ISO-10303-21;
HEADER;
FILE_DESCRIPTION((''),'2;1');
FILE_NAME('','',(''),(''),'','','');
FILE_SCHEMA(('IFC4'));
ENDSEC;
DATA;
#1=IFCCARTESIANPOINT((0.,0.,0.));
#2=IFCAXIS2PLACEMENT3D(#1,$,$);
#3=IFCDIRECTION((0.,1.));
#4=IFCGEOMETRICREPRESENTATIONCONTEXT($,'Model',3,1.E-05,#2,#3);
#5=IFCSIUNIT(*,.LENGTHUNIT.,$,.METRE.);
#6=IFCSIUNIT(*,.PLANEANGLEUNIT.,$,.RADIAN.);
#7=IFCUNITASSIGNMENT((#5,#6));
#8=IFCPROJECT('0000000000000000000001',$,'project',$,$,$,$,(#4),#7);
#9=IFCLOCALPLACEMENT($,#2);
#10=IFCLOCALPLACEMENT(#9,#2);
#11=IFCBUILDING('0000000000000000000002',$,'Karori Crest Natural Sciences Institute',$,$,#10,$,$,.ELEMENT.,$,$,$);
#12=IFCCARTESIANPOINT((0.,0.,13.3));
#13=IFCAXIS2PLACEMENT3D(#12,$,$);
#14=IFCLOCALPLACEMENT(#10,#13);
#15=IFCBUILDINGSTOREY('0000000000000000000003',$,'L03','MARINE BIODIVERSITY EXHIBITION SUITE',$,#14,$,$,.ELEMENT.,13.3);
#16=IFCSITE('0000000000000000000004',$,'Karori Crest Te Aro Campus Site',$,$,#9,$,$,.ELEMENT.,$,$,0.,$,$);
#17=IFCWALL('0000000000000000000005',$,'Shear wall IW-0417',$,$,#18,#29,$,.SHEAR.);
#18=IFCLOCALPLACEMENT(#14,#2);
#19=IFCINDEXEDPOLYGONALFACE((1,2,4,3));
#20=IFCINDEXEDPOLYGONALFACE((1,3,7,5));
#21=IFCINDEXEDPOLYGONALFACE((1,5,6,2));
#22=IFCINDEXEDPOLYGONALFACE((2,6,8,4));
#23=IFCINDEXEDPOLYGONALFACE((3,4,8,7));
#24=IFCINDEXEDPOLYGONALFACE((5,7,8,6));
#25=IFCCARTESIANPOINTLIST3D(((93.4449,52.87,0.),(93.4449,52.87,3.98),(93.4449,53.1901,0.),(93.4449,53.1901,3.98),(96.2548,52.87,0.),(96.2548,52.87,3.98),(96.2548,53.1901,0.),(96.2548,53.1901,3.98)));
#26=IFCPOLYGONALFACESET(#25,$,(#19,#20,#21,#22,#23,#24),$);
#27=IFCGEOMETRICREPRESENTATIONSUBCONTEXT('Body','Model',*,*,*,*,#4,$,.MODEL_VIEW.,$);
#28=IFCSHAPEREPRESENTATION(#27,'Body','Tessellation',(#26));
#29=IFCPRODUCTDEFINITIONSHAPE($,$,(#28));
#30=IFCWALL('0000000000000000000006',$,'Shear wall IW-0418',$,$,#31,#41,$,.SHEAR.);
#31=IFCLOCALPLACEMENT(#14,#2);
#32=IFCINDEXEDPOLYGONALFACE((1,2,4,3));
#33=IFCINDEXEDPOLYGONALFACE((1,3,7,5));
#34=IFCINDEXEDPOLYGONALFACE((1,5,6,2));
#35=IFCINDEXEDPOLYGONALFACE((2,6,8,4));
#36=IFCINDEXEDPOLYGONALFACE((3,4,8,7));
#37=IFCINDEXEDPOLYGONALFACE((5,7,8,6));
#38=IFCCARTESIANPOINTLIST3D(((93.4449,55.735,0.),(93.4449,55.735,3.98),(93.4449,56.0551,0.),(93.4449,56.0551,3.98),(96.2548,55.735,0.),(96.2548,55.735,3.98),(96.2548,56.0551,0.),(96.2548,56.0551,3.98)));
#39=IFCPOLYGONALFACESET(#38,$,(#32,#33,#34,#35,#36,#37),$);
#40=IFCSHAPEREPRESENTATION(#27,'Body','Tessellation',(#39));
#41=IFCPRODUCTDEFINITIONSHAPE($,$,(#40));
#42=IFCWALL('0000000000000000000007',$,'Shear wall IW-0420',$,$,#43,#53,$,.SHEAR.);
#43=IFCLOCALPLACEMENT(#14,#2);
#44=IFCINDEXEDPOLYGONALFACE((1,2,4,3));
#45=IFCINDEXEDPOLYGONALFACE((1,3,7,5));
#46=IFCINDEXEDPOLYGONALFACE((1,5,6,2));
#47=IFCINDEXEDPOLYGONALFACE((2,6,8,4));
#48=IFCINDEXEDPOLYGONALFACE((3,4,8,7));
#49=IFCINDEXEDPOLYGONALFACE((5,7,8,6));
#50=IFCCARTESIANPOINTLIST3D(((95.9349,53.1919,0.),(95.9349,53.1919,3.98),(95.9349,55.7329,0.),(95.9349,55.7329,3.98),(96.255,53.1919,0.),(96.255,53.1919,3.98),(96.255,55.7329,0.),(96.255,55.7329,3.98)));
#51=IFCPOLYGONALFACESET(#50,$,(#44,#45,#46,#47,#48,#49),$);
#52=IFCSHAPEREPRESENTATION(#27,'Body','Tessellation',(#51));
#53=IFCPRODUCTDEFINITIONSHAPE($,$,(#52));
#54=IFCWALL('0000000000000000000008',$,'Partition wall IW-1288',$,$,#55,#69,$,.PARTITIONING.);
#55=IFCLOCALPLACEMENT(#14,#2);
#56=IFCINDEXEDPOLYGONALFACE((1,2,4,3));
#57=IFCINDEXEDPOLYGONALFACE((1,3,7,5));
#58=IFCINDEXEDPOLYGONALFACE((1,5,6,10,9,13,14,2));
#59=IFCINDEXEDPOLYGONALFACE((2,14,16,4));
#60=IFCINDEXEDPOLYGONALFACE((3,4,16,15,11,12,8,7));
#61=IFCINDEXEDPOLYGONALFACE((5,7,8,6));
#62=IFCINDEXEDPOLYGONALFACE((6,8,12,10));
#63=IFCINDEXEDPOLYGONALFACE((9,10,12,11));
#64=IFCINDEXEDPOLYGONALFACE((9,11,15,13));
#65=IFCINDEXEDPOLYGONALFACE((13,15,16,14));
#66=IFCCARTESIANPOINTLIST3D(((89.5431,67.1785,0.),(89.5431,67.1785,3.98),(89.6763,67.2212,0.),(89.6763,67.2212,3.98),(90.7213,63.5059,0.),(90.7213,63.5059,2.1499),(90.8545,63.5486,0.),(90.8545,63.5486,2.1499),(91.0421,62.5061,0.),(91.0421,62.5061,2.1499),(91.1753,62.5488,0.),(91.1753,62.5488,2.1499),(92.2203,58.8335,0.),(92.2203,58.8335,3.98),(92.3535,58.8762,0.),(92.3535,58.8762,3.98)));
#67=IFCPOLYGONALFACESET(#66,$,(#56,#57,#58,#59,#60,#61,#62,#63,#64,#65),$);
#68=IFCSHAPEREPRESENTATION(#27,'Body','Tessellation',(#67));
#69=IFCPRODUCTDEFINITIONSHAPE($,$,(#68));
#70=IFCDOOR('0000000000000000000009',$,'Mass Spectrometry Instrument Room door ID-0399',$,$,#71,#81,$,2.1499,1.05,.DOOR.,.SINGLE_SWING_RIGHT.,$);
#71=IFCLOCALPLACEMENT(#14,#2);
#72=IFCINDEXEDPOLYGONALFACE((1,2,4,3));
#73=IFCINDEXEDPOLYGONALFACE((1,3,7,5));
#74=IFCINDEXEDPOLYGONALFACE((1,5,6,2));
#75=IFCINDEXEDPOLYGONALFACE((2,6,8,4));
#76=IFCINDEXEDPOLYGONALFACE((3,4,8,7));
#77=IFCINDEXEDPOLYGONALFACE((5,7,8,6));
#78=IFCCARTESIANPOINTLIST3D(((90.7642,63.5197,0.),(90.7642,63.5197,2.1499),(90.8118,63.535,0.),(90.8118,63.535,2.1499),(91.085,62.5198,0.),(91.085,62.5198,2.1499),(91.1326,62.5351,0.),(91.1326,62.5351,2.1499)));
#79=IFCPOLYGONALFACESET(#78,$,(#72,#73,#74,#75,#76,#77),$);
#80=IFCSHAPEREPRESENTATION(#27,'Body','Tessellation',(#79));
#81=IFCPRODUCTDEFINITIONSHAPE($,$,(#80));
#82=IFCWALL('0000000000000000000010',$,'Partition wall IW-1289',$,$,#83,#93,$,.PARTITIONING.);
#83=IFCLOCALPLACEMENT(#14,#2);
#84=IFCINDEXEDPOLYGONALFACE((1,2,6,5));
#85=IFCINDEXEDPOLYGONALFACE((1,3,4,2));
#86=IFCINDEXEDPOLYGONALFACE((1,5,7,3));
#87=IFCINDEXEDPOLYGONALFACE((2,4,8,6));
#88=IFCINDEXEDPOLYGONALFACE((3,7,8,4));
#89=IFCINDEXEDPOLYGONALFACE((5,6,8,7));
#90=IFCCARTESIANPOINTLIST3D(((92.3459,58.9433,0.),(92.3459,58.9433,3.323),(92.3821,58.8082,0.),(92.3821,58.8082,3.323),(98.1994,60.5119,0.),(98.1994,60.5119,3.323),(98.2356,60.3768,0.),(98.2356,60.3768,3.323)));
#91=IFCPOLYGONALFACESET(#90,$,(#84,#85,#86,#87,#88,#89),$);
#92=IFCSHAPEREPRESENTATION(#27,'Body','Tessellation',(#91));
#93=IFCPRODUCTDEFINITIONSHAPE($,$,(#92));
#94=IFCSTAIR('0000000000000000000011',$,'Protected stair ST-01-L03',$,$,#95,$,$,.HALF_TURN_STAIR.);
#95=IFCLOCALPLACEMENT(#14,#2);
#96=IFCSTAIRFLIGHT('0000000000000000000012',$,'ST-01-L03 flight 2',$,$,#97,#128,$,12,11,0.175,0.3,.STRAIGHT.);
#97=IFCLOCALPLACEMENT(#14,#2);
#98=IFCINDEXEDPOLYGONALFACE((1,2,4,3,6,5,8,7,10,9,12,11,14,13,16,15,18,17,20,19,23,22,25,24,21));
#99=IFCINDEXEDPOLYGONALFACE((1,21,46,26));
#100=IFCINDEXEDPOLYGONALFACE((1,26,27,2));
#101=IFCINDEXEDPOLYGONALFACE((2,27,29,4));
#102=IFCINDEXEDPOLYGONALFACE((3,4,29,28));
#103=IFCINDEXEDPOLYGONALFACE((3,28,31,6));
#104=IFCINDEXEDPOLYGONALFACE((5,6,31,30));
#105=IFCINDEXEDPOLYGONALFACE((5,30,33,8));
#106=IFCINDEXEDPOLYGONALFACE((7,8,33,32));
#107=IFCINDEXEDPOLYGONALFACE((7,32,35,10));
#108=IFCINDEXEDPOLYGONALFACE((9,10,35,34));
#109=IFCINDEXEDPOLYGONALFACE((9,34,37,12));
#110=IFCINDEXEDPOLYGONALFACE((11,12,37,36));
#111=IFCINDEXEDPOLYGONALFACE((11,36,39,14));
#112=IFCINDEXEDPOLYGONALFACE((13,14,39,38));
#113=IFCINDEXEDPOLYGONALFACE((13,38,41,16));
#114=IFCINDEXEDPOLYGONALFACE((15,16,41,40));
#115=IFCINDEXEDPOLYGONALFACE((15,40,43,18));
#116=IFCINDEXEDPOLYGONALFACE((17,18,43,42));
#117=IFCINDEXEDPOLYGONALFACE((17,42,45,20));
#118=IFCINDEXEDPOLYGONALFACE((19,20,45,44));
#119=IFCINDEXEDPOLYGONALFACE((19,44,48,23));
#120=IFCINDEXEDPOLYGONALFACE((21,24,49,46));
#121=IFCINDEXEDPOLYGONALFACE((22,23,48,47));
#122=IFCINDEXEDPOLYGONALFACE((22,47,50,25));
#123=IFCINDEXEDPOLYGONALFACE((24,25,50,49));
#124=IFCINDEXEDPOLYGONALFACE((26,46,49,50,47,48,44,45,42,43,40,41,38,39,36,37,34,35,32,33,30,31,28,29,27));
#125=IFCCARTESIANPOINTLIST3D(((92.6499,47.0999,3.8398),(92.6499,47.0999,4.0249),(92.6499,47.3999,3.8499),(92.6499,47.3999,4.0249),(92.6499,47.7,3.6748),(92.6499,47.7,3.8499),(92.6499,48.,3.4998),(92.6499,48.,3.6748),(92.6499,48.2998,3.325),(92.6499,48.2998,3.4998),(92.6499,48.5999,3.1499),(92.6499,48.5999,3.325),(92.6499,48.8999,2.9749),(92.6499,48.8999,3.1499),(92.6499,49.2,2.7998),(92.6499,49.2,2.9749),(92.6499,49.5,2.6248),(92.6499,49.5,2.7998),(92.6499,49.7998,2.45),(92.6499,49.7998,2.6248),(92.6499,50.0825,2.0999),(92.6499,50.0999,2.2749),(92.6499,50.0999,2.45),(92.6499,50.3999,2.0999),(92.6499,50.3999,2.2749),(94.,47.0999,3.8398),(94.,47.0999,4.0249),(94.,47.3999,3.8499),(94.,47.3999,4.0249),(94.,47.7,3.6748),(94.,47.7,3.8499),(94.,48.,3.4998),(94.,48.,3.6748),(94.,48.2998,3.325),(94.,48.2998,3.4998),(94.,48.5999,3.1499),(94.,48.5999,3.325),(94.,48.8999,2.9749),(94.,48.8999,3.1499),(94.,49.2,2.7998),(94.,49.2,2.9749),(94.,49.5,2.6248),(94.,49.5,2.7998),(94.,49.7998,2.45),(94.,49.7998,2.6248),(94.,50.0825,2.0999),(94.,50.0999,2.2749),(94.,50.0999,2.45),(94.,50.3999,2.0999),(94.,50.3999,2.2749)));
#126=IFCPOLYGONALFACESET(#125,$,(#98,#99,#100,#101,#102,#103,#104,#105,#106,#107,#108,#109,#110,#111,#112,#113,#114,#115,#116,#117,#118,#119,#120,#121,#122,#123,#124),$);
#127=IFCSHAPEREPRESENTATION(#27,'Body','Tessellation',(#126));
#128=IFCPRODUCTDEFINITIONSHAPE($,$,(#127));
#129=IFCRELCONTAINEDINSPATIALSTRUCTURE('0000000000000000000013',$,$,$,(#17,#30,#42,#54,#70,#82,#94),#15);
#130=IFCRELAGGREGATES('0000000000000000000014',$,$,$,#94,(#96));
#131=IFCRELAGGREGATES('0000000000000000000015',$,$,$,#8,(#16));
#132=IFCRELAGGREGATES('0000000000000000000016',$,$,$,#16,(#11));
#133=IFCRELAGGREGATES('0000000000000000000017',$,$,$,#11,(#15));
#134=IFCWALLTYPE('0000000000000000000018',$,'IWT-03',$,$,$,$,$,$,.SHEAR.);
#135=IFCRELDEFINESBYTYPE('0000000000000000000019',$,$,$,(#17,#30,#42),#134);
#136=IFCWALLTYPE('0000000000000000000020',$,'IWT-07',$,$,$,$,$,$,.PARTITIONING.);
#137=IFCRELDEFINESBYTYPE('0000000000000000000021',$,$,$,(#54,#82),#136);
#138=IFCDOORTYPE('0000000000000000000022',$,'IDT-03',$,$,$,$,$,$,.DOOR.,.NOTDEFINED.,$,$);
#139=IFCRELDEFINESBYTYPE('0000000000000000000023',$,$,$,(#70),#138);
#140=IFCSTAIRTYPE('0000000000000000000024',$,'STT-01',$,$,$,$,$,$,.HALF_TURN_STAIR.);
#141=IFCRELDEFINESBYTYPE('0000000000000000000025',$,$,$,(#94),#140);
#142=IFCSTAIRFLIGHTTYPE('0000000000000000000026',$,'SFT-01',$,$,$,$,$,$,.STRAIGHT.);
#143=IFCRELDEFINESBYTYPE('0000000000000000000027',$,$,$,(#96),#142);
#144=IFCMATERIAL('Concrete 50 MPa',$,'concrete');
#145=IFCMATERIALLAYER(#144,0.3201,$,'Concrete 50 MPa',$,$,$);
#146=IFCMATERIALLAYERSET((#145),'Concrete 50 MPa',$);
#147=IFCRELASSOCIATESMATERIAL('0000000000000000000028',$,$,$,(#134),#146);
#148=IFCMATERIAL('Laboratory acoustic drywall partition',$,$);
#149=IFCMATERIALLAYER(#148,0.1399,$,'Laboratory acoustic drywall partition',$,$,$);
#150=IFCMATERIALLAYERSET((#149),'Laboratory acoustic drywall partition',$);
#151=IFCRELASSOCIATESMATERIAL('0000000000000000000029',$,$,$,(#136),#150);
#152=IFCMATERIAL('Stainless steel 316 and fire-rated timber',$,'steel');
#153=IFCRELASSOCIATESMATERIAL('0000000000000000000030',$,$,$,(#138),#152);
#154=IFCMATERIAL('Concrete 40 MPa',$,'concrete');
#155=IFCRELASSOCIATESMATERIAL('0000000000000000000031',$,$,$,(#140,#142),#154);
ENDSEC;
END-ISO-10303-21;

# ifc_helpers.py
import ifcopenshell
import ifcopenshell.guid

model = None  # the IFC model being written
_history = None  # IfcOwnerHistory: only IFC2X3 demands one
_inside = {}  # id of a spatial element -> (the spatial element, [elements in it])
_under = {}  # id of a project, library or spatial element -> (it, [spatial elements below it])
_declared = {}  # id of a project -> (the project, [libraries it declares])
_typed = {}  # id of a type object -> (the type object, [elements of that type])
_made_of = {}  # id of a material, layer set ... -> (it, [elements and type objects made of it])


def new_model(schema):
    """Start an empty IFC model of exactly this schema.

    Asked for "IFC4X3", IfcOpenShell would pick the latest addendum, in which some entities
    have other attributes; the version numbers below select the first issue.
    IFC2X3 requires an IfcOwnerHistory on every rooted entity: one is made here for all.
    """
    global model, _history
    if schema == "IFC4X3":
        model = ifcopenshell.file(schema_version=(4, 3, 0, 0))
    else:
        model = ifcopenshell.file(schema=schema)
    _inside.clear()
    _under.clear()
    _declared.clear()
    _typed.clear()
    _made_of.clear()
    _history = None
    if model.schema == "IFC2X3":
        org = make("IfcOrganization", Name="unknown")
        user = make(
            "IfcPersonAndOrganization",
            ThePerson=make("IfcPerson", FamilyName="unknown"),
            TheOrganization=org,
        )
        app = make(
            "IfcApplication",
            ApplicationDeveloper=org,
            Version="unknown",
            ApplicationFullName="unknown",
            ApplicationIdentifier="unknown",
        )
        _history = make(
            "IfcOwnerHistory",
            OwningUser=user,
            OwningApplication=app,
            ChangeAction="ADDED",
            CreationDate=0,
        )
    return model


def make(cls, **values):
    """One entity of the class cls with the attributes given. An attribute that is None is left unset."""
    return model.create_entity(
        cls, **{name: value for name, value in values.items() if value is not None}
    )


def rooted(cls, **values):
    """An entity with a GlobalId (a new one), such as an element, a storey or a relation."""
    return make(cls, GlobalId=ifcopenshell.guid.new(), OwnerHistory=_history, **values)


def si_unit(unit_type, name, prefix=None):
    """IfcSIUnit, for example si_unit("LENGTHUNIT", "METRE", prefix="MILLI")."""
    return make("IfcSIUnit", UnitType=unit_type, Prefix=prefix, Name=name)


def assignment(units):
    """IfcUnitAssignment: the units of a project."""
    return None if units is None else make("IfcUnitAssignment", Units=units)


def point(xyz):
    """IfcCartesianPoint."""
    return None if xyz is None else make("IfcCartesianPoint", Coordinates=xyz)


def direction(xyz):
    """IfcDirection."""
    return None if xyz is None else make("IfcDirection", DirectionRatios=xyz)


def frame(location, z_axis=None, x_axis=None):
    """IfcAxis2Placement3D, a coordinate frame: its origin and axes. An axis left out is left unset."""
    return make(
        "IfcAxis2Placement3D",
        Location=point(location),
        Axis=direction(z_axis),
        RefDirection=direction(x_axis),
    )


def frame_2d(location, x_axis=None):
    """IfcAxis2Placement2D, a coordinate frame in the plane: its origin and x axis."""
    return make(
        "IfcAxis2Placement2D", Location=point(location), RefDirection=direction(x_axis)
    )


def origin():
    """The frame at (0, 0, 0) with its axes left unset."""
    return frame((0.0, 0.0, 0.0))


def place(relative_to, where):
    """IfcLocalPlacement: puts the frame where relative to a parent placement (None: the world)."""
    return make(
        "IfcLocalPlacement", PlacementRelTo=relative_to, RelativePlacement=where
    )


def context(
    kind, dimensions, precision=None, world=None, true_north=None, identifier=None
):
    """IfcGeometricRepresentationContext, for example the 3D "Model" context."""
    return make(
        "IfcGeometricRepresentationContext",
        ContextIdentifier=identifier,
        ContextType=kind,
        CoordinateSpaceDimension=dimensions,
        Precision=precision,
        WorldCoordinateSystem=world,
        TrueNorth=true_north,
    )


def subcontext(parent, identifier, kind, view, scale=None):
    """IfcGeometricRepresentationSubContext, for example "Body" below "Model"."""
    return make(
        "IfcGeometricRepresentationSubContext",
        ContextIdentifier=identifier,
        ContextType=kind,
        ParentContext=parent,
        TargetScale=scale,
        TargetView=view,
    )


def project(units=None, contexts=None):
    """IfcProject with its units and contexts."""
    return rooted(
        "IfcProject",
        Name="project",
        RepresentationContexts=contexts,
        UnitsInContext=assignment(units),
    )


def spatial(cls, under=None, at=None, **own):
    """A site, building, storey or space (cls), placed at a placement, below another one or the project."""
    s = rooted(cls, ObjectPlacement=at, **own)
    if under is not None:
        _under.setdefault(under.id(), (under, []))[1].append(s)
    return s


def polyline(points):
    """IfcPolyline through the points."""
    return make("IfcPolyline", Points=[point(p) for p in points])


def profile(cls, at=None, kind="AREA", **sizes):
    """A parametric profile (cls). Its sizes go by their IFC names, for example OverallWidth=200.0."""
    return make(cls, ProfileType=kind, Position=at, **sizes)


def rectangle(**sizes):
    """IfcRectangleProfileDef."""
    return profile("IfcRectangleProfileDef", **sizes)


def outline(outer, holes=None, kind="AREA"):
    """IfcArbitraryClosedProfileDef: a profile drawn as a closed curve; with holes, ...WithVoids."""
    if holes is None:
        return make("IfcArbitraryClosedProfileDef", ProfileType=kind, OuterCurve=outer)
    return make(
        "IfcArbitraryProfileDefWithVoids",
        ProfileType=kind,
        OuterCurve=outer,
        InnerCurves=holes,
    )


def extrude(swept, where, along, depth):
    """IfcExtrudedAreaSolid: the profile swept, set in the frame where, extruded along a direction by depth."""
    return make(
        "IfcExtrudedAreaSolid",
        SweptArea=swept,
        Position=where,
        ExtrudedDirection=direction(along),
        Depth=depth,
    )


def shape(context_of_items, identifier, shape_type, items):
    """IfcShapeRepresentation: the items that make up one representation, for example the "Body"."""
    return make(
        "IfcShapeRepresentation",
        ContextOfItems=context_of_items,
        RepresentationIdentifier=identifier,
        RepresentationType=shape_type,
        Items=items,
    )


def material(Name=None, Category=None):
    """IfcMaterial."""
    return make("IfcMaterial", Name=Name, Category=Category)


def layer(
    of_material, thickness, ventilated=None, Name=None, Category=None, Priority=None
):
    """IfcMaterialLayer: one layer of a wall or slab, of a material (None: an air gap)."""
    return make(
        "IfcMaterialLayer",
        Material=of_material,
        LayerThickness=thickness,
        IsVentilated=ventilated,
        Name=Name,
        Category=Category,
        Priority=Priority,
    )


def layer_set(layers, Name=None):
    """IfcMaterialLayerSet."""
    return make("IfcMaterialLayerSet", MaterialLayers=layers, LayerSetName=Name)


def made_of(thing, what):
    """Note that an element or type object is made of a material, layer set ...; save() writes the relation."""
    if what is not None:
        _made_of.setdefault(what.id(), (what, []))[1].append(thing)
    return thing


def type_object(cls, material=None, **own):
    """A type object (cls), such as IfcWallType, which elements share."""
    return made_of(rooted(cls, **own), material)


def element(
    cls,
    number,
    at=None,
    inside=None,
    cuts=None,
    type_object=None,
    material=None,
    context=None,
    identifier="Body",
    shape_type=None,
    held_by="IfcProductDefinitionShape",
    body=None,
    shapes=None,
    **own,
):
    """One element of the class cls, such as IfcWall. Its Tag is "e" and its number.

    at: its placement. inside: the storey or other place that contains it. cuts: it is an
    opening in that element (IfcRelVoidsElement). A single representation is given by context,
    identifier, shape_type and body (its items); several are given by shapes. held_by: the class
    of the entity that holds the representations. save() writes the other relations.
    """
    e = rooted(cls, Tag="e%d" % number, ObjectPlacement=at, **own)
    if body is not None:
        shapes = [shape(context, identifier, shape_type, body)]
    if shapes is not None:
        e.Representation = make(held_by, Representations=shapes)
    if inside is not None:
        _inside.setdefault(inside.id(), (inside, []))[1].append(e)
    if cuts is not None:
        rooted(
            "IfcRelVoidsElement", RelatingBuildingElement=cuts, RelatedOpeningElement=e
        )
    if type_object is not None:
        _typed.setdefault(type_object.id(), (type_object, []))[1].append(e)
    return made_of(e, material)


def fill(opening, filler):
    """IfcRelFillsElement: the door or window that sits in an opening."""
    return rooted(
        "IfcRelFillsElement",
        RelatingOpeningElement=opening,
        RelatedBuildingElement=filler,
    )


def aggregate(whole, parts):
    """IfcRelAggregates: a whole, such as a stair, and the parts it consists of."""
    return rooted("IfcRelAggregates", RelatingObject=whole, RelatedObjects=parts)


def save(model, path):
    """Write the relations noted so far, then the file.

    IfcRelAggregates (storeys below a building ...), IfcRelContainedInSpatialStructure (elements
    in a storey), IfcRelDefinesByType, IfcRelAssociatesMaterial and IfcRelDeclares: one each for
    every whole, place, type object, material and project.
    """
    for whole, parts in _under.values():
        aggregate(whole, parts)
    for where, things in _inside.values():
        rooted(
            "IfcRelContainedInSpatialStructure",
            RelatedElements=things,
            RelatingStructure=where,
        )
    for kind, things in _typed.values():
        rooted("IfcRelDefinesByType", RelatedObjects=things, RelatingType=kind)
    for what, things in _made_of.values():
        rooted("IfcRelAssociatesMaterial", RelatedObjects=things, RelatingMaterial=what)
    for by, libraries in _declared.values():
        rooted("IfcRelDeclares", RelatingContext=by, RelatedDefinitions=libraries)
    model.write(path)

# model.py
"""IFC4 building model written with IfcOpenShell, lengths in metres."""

from ifc_helpers import new_model, si_unit, direction, frame, frame_2d, origin, place, context, subcontext, project, spatial, polyline, rectangle, outline, extrude, material, layer, layer_set, type_object, element, fill, aggregate, save


model = new_model("IFC4")

# Units and contexts
model_context = context("Model", 3, precision=1e-05, world=origin(), true_north=direction((0.0, 1.0)))
body_context = subcontext(model_context, "Body", "Model", "MODEL_VIEW")
ifc_project = project(units=[si_unit("LENGTHUNIT", "METRE"), si_unit("PLANEANGLEUNIT", "RADIAN")], contexts=[model_context])

# Site, building, storey
site_placement = place(None, origin())
site = spatial("IfcSite", under=ifc_project, at=site_placement, Name="Karori Crest Te Aro Campus Site", CompositionType="ELEMENT", RefElevation=0.0)
building_placement = place(site_placement, origin())
building = spatial("IfcBuilding", under=site, at=building_placement, Name="Karori Crest Natural Sciences Institute", CompositionType="ELEMENT")
storey_placement = place(building_placement, frame((0.0, 0.0, 13.3)))
storey = spatial("IfcBuildingStorey", under=building, at=storey_placement, Name="L03", Description="MARINE BIODIVERSITY EXHIBITION SUITE", CompositionType="ELEMENT", Elevation=13.3)

# Walls
ifc_material_1 = material(Name="Concrete 50 MPa", Category="concrete")
ifc_layer_1 = layer(ifc_material_1, 0.3201, Name="Concrete 50 MPa")
ifc_layer_set_1 = layer_set([ifc_layer_1], Name="Concrete 50 MPa")
wall_type_1 = type_object("IfcWallType", Name="IWT-03", PredefinedType="SHEAR", material=ifc_layer_set_1)
for number, where, z_axis, x_axis, name in (
    (1, (93.4451, 53.03, 0.0), (0.0, 0.0, 1.0), (1.0, 0.0, 0.0), "Shear wall IW-0417"),
    (2, (93.4451, 55.895, 0.0), (0.0, 0.0, 1.0), (1.0, 0.0, 0.0), "Shear wall IW-0418"),
):
    element("IfcWall", number, at=place(storey_placement, frame(where, z_axis=z_axis, x_axis=x_axis)), inside=storey, type_object=wall_type_1, Name=name, PredefinedType="SHEAR", context=body_context, shape_type="SweptSolid", body=[
        extrude(rectangle(XDim=2.8098, YDim=0.3201, at=frame_2d((1.4048, 0.0))), origin(), (0.0, 0.0, 1.0), 3.98),
    ])

# Shared definitions
ifc_material_2 = material(Name="Stainless steel 316 and fire-rated timber", Category="steel")

# Wall
wall_1_placement = place(storey_placement, frame((96.095, 53.1919, 0.0), z_axis=(0.0, 0.0, 1.0), x_axis=(0.0, 1.0, 0.0)))
element("IfcWall", 3, at=wall_1_placement, inside=storey, type_object=wall_type_1, Name="Shear wall IW-0420", PredefinedType="SHEAR", context=body_context, shape_type="SweptSolid", body=[
    extrude(rectangle(XDim=2.541, YDim=0.3201, at=frame_2d((1.2705, 0.0))), origin(), (0.0, 0.0, 1.0), 3.98),
])

# Wall, opening, door
ifc_material_3 = material(Name="Laboratory acoustic drywall partition")
ifc_layer_2 = layer(ifc_material_3, 0.1399, Name="Laboratory acoustic drywall partition")
ifc_layer_set_2 = layer_set([ifc_layer_2], Name="Laboratory acoustic drywall partition")
wall_type_2 = type_object("IfcWallType", Name="IWT-07", PredefinedType="PARTITIONING", material=ifc_layer_set_2)
wall_2_placement = place(storey_placement, frame((92.2869, 58.855, 0.0), z_axis=(0.0, 0.0, 1.0), x_axis=(-0.305485, 0.952197, 0.0)))
wall_2 = element("IfcWall", 4, at=wall_2_placement, inside=storey, type_object=wall_type_2, Name="Partition wall IW-1288", PredefinedType="PARTITIONING", context=body_context, shape_type="SweptSolid", body=[
    extrude(rectangle(XDim=8.7639, YDim=0.1399, at=frame_2d((4.3818, 0.0))), origin(), (0.0, 0.0, 1.0), 3.98),
])
opening_1_placement = place(wall_2_placement, frame((3.8569, 0.0, 0.0)))
opening_1 = element("IfcOpeningElement", 5, at=opening_1_placement, cuts=wall_2, PredefinedType="OPENING", context=body_context, shape_type="SweptSolid", body=[
    extrude(rectangle(XDim=1.05, YDim=2.1499, at=frame_2d((0.5249, 1.075))), frame((0.0, 0.0801, 0.0), z_axis=(0.0, -1.0, 0.0), x_axis=(1.0, 0.0, 0.0)), (0.0, 0.0, 1.0), 0.1599),
])
door_type_1 = type_object("IfcDoorType", Name="IDT-03", OperationType="NOTDEFINED", PredefinedType="DOOR", material=ifc_material_2)
door_1_placement = place(opening_1_placement, origin())
door_1 = element("IfcDoor", 6, at=door_1_placement, inside=storey, type_object=door_type_1, Name="Mass Spectrometry Instrument Room door ID-0399", OperationType="SINGLE_SWING_RIGHT", OverallHeight=2.1499, OverallWidth=1.05, PredefinedType="DOOR", context=body_context, shape_type="SweptSolid", body=[
    extrude(rectangle(XDim=1.05, YDim=2.1499, at=frame_2d((0.5249, 1.075))), frame((0.0, 0.0249, 0.0), z_axis=(0.0, -1.0, 0.0), x_axis=(1.0, 0.0, 0.0)), (0.0, 0.0, 1.0), 0.05),
])
fill(opening_1, door_1)

# Wall
wall_3_placement = place(storey_placement, frame((92.364, 58.8757, 0.0), z_axis=(0.0, 0.0, 1.0), x_axis=(0.965919, 0.258843, 0.0)))
element("IfcWall", 7, at=wall_3_placement, inside=storey, type_object=wall_type_2, Name="Partition wall IW-1289", PredefinedType="PARTITIONING", context=body_context, shape_type="SweptSolid", body=[
    extrude(rectangle(XDim=6.0601, YDim=0.1399, at=frame_2d((3.03, 0.0))), origin(), (0.0, 0.0, 1.0), 3.323),
])

# Stair, stair flight
ifc_material_4 = material(Name="Concrete 40 MPa", Category="concrete")
stair_type = type_object("IfcStairType", Name="STT-01", PredefinedType="HALF_TURN_STAIR", material=ifc_material_4)
stair_placement = place(storey_placement, origin())
stair = element("IfcStair", 8, at=stair_placement, inside=storey, type_object=stair_type, Name="Protected stair ST-01-L03", PredefinedType="HALF_TURN_STAIR")
stair_flight_type = type_object("IfcStairFlightType", Name="SFT-01", PredefinedType="STRAIGHT", material=ifc_material_4)
stair_flight_placement = place(storey_placement, frame((93.325, 50.3999, 2.0999), z_axis=(0.0, 0.0, 1.0), x_axis=(0.0, -1.0, 0.0)))
stair_flight = element("IfcStairFlight", 9, at=stair_flight_placement, type_object=stair_flight_type, Name="ST-01-L03 flight 2", NumberOfRisers=12, NumberOfTreads=11, PredefinedType="STRAIGHT", RiserHeight=0.175, TreadLength=0.3, context=body_context, shape_type="SweptSolid", body=[
    extrude(outline(polyline([(0.0, 0.0), (0.0, 0.175), (0.3, 0.175), (0.3, 0.3501), (0.6001, 0.3501), (0.6001, 0.5249), (0.8999, 0.5249), (0.8999, 0.7), (1.2, 0.7), (1.2, 0.875), (1.5, 0.875), (1.5, 1.05), (1.8, 1.05), (1.8, 1.2251), (2.1001, 1.2251), (2.1001, 1.3999), (2.3999, 1.3999), (2.3999, 1.575), (2.7, 1.575), (2.7, 1.75), (3.0, 1.75), (3.0, 1.925), (3.3, 1.925), (3.3, 2.1001), (3.3, 1.74), (0.3174, 0.0), (0.0, 0.0)])), frame((0.0, 0.675, 0.0), z_axis=(0.0, -1.0, 0.0), x_axis=(1.0, 0.0, 0.0)), (0.0, 0.0, 1.0), 1.3501),
])
aggregate(stair, [stair_flight])

save(model, "model.ifc")
